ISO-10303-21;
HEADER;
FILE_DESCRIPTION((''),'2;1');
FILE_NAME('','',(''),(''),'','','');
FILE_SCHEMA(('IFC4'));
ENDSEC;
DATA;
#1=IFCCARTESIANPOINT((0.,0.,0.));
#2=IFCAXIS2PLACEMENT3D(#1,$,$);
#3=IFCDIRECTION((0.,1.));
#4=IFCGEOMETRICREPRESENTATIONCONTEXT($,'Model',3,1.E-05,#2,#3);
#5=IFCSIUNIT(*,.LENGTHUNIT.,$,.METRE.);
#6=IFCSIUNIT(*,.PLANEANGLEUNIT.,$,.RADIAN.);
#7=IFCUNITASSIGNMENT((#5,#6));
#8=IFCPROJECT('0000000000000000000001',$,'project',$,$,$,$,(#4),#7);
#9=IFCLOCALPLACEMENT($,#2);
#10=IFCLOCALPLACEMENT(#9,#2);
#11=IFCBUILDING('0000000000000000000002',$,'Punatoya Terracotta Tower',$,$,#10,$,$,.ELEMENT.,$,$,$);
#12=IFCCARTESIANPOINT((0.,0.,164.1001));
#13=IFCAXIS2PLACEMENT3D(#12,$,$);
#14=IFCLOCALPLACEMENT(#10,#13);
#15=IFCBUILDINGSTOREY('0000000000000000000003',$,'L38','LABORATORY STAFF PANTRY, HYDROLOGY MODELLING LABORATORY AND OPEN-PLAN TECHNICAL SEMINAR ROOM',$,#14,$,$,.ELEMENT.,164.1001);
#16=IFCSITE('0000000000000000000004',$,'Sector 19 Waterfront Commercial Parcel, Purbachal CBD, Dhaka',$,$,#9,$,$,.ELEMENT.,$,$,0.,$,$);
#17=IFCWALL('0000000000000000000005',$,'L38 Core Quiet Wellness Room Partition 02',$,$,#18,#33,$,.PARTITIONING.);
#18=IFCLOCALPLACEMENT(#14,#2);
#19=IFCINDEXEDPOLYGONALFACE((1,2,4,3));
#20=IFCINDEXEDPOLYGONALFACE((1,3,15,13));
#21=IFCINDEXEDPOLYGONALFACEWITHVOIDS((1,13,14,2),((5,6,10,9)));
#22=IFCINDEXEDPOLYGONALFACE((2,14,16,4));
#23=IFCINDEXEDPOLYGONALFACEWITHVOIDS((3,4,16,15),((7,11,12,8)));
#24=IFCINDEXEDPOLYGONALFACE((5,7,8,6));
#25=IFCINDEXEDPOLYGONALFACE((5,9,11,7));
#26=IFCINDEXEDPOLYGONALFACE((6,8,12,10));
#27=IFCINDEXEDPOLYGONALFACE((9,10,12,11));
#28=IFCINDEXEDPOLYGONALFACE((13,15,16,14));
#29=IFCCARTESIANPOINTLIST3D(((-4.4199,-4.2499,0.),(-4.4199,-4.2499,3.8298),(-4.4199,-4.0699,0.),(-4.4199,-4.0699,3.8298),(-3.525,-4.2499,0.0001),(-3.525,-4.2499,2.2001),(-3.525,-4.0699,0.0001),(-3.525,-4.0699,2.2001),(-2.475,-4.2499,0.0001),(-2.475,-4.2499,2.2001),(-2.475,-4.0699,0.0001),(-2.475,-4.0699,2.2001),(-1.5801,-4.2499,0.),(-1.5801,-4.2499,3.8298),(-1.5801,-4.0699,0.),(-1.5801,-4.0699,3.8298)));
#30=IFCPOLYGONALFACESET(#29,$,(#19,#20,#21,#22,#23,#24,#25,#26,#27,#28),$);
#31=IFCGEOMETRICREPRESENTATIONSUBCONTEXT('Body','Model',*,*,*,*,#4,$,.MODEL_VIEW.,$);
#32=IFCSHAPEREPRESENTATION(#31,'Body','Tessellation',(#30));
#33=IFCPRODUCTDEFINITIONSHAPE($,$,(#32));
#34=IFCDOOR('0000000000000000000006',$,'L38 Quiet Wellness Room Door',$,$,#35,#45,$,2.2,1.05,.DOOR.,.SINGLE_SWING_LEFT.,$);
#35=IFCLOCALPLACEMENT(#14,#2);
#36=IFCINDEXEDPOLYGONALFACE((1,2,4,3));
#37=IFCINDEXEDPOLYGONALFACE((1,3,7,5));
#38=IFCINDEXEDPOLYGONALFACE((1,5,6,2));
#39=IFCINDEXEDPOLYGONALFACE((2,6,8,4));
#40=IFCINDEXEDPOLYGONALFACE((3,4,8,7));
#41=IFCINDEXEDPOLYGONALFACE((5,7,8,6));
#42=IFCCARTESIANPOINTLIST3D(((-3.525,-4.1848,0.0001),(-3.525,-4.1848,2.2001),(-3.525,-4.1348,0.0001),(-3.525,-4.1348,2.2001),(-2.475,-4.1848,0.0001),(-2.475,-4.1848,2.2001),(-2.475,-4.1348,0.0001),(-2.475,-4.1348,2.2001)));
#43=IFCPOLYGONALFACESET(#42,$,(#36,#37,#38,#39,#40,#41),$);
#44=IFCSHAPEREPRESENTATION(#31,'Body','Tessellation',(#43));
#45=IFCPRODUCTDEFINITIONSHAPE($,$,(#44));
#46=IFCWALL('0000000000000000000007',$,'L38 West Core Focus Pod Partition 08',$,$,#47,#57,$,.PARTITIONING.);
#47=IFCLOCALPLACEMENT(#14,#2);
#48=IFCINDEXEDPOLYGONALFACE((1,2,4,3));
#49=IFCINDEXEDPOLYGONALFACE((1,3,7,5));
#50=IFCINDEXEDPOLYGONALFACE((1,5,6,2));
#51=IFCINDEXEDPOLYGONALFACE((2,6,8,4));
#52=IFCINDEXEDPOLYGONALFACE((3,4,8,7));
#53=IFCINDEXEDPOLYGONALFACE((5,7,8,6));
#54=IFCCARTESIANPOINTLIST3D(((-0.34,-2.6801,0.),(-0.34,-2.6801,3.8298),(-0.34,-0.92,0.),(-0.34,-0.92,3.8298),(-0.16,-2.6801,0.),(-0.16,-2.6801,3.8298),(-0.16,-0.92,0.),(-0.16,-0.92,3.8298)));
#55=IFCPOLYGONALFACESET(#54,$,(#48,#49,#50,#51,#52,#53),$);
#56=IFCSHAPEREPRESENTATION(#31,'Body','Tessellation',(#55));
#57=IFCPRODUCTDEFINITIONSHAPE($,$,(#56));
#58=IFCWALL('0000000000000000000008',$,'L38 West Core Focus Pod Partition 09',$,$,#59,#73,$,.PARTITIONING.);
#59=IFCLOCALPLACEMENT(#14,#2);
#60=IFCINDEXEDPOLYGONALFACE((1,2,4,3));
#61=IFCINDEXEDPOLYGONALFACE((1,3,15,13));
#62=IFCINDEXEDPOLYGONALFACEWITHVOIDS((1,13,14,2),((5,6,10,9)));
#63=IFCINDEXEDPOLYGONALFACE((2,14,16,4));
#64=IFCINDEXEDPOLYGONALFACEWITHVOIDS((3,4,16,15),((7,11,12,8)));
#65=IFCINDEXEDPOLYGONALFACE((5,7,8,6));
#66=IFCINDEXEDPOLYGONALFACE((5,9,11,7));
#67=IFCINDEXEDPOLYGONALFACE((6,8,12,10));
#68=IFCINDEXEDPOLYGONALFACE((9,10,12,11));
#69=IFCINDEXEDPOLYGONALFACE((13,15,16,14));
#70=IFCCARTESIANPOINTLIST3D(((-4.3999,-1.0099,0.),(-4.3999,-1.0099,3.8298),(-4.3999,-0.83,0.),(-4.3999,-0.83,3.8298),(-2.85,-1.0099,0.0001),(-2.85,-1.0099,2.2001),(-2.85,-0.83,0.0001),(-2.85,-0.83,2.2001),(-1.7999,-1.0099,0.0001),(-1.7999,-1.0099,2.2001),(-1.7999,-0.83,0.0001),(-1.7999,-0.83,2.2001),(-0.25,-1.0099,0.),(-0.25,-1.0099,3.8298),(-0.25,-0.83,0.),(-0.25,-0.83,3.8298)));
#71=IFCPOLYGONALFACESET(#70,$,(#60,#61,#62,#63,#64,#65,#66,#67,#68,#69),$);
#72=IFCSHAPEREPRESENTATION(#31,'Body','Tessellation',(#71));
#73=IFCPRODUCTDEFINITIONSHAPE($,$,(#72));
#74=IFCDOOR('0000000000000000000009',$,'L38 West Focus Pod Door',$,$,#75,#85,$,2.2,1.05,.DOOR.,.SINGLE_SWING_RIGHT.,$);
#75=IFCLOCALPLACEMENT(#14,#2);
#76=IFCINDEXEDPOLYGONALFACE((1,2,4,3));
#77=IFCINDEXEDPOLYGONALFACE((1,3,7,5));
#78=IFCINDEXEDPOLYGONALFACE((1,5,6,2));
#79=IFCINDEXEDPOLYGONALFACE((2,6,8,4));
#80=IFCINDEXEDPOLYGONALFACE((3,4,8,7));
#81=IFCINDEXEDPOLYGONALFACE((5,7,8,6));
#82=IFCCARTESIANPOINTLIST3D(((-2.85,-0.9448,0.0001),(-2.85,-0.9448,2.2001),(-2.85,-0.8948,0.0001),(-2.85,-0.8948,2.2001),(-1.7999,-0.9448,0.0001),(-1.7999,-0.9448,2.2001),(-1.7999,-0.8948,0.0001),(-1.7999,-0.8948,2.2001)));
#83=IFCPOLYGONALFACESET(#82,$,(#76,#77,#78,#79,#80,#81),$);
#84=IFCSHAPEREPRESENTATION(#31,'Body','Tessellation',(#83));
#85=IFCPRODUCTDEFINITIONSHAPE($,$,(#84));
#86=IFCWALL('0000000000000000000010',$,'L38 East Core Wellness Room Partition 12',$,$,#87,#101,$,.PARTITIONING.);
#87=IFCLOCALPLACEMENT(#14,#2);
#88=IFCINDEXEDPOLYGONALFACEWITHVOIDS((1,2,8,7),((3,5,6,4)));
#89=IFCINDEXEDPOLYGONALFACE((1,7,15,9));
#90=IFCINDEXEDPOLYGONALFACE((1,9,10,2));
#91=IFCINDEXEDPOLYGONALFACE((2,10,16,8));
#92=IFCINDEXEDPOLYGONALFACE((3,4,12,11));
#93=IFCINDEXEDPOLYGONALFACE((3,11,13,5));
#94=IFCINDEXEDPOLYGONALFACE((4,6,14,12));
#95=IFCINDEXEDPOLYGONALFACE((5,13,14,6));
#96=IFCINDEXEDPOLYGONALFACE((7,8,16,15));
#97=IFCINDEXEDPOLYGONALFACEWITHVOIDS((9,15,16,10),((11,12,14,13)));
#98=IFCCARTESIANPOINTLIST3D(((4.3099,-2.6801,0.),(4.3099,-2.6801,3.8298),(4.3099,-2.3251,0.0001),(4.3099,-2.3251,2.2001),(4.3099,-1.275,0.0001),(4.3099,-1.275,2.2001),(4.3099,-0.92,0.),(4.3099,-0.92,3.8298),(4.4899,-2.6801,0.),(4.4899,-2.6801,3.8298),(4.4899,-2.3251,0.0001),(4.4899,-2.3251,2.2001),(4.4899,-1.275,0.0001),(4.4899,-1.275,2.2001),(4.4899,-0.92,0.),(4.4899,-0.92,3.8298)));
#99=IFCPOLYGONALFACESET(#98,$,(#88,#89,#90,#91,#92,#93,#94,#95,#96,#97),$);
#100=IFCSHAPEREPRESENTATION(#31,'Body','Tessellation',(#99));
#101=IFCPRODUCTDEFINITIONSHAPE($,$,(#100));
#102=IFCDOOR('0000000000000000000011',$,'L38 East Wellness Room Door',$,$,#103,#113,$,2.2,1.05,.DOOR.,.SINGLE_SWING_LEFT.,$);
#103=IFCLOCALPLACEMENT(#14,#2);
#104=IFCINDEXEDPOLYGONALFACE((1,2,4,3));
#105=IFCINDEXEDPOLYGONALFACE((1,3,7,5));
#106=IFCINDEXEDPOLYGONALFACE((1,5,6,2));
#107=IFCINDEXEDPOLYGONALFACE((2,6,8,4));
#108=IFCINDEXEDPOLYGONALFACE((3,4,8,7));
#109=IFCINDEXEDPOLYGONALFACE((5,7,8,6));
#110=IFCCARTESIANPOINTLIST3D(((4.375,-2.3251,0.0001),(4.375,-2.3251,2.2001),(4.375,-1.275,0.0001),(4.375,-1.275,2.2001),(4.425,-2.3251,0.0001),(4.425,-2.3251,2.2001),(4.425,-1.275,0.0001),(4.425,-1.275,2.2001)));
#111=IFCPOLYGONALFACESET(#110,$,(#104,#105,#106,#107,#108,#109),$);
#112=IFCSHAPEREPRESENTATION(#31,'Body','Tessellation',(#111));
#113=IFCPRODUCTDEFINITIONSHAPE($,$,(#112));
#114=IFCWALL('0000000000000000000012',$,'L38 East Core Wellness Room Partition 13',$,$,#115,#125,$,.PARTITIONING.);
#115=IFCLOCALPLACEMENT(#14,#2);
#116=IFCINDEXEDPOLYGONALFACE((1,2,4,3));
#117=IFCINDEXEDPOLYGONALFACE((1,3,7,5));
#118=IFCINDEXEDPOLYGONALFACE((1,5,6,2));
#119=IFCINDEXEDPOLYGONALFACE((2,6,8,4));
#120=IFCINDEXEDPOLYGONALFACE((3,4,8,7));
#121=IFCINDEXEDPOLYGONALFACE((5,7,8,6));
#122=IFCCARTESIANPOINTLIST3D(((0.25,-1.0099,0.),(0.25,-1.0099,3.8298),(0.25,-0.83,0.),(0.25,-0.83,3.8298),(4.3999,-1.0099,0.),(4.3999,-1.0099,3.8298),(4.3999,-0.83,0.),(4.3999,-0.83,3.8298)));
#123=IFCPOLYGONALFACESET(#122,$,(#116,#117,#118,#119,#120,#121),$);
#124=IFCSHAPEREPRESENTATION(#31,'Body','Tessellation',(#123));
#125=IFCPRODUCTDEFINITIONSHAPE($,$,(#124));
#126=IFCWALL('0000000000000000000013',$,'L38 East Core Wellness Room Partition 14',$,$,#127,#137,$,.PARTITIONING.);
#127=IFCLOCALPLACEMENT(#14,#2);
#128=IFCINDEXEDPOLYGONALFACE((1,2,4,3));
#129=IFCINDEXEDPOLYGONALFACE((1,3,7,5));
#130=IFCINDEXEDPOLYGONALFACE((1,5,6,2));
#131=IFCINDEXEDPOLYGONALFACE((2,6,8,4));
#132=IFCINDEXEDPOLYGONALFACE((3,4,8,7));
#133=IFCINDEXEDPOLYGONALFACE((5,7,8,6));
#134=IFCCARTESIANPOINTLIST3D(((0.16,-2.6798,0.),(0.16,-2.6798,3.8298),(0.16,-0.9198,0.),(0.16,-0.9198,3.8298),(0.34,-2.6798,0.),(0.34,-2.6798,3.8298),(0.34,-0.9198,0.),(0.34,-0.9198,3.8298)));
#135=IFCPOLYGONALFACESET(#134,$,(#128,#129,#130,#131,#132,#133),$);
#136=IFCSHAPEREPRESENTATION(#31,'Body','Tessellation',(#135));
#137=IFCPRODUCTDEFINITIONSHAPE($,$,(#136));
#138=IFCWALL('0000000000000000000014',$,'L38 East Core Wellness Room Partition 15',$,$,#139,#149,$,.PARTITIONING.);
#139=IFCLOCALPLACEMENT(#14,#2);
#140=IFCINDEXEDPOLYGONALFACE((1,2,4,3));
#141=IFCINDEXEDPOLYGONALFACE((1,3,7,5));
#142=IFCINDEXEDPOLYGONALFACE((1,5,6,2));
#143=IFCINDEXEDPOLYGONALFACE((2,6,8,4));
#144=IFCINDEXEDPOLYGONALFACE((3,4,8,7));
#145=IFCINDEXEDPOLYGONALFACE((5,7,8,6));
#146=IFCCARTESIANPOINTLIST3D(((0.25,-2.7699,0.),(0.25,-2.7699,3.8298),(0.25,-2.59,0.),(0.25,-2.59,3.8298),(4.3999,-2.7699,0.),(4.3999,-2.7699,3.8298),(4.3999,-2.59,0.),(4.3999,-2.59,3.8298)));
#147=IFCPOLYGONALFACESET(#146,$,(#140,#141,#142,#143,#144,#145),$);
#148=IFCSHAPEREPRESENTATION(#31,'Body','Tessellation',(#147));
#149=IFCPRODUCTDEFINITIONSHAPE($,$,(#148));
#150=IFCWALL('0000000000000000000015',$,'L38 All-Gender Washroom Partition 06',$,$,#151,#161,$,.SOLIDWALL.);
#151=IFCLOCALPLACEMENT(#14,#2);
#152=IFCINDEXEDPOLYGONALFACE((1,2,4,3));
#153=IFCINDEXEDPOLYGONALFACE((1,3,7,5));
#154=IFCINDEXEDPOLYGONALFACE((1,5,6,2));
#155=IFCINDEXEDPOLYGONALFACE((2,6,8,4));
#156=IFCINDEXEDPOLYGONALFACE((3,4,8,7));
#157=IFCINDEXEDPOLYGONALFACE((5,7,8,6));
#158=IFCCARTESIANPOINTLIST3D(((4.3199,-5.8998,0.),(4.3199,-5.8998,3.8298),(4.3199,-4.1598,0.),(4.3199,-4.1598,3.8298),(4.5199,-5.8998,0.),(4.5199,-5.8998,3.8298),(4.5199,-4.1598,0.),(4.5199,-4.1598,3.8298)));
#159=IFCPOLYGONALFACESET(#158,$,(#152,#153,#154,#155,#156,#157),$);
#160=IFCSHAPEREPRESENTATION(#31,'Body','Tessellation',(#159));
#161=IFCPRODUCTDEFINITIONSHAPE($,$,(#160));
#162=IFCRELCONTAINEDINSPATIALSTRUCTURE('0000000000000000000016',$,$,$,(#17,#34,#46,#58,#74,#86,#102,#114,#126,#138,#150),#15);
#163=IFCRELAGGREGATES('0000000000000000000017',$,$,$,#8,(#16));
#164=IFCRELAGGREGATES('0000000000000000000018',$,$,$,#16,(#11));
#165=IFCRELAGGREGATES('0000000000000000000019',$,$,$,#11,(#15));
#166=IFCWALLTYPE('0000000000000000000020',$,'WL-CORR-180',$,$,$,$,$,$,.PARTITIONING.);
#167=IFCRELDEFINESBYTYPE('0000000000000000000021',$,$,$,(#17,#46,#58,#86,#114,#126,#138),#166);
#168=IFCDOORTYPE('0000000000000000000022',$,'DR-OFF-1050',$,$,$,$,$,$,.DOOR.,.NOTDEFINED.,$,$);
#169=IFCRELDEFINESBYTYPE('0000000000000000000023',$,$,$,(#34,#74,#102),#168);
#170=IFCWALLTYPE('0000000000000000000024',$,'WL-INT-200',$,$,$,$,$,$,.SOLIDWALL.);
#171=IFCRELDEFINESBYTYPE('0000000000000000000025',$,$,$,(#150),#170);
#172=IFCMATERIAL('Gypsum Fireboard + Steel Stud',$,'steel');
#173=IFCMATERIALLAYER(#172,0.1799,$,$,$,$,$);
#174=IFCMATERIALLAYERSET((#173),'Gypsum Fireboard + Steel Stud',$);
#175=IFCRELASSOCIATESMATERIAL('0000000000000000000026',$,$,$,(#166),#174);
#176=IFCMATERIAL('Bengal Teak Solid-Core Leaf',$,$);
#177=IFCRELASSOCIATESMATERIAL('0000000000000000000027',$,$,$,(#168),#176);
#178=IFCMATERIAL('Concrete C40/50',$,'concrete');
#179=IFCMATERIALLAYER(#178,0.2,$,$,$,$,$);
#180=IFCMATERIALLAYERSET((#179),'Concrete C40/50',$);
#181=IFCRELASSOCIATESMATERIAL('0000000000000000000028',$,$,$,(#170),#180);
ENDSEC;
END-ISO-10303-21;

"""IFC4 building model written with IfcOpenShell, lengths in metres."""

from ifc_helpers import new_model, si_unit, direction, frame, frame_2d, origin, place, context, subcontext, project, spatial, rectangle, extrude, material, layer, layer_set, type_object, element, fill, save


model = new_model("IFC4")

# Units and contexts
model_context = context("Model", 3, precision=1e-05, world=origin(), true_north=direction((0.0, 1.0)))
body_context = subcontext(model_context, "Body", "Model", "MODEL_VIEW")
ifc_project = project(units=[si_unit("LENGTHUNIT", "METRE"), si_unit("PLANEANGLEUNIT", "RADIAN")], contexts=[model_context])

# Site, building, storey
site_placement = place(None, origin())
site = spatial("IfcSite", under=ifc_project, at=site_placement, Name="Sector 19 Waterfront Commercial Parcel, Purbachal CBD, Dhaka", CompositionType="ELEMENT", RefElevation=0.0)
building_placement = place(site_placement, origin())
building = spatial("IfcBuilding", under=site, at=building_placement, Name="Punatoya Terracotta Tower", CompositionType="ELEMENT")
storey_placement = place(building_placement, frame((0.0, 0.0, 164.1001)))
storey = spatial("IfcBuildingStorey", under=building, at=storey_placement, Name="L38", Description="LABORATORY STAFF PANTRY, HYDROLOGY MODELLING LABORATORY AND OPEN-PLAN TECHNICAL SEMINAR ROOM", CompositionType="ELEMENT", Elevation=164.1001)

# Shared definitions
ifc_material_1 = material(Name="Concrete C40/50", Category="concrete")

# Wall, opening, door
ifc_material_2 = material(Name="Gypsum Fireboard + Steel Stud", Category="steel")
ifc_layer_1 = layer(ifc_material_2, 0.1799)
ifc_layer_set_1 = layer_set([ifc_layer_1], Name="Gypsum Fireboard + Steel Stud")
wall_type_1 = type_object("IfcWallType", Name="WL-CORR-180", PredefinedType="PARTITIONING", material=ifc_layer_set_1)
wall_1_placement = place(storey_placement, frame((-1.5801, -4.1599, 0.0), z_axis=(0.0, 0.0, 1.0), x_axis=(-1.0, 0.0, 0.0)))
wall_1 = element("IfcWall", 1, at=wall_1_placement, inside=storey, type_object=wall_type_1, Name="L38 Core Quiet Wellness Room Partition 02", PredefinedType="PARTITIONING", context=body_context, shape_type="SweptSolid", body=[
    extrude(rectangle(XDim=2.8398, YDim=0.1799, at=frame_2d((1.4199, 0.0))), origin(), (0.0, 0.0, 1.0), 3.8298),
])
opening_1_placement = place(wall_1_placement, frame((0.895, 0.0, 0.0)))
opening_1 = element("IfcOpeningElement", 2, at=opening_1_placement, cuts=wall_1, PredefinedType="OPENING", context=body_context, shape_type="SweptSolid", body=[
    extrude(rectangle(XDim=1.05, YDim=2.2, at=frame_2d((0.5249, 1.1001))), frame((0.0, 0.0999, 0.0), z_axis=(0.0, -1.0, 0.0), x_axis=(1.0, 0.0, 0.0)), (0.0, 0.0, 1.0), 0.2),
])
ifc_material_3 = material(Name="Bengal Teak Solid-Core Leaf")
door_type_1 = type_object("IfcDoorType", Name="DR-OFF-1050", OperationType="NOTDEFINED", PredefinedType="DOOR", material=ifc_material_3)
door_1_placement = place(opening_1_placement, origin())
door_1 = element("IfcDoor", 3, at=door_1_placement, inside=storey, type_object=door_type_1, Name="L38 Quiet Wellness Room Door", OperationType="SINGLE_SWING_LEFT", OverallHeight=2.2, OverallWidth=1.05, PredefinedType="DOOR", context=body_context, shape_type="SweptSolid", body=[
    extrude(rectangle(XDim=1.05, YDim=2.2, at=frame_2d((0.5249, 1.1001))), frame((0.0, 0.0249, 0.0), z_axis=(0.0, -1.0, 0.0), x_axis=(1.0, 0.0, 0.0)), (0.0, 0.0, 1.0), 0.05),
])
fill(opening_1, door_1)

# Wall
wall_2_placement = place(storey_placement, frame((-0.25, -2.6799, 0.0), z_axis=(0.0, 0.0, 1.0), x_axis=(0.0, 1.0, 0.0)))
element("IfcWall", 4, at=wall_2_placement, inside=storey, type_object=wall_type_1, Name="L38 West Core Focus Pod Partition 08", PredefinedType="PARTITIONING", context=body_context, shape_type="SweptSolid", body=[
    extrude(rectangle(XDim=1.76, YDim=0.1799, at=frame_2d((0.8799, 0.0))), origin(), (0.0, 0.0, 1.0), 3.8298),
])

# Walls, openings, doors
wall_3_placement = place(storey_placement, frame((-0.25, -0.9199, 0.0), z_axis=(0.0, 0.0, 1.0), x_axis=(-1.0, 0.0, 0.0)))
wall_3 = element("IfcWall", 5, at=wall_3_placement, inside=storey, type_object=wall_type_1, Name="L38 West Core Focus Pod Partition 09", PredefinedType="PARTITIONING", context=body_context, shape_type="SweptSolid", body=[
    extrude(rectangle(XDim=4.1499, YDim=0.1799, at=frame_2d((2.075, 0.0))), origin(), (0.0, 0.0, 1.0), 3.8298),
])
opening_2_placement = place(wall_3_placement, frame((1.55, 0.0, 0.0)))
opening_2 = element("IfcOpeningElement", 6, at=opening_2_placement, cuts=wall_3, PredefinedType="OPENING", context=body_context, shape_type="SweptSolid", body=[
    extrude(rectangle(XDim=1.05, YDim=2.2, at=frame_2d((0.5249, 1.1001))), frame((0.0, 0.0999, 0.0), z_axis=(0.0, -1.0, 0.0), x_axis=(1.0, 0.0, 0.0)), (0.0, 0.0, 1.0), 0.2),
])
door_2_placement = place(opening_2_placement, origin())
door_2 = element("IfcDoor", 7, at=door_2_placement, inside=storey, type_object=door_type_1, Name="L38 West Focus Pod Door", OperationType="SINGLE_SWING_RIGHT", OverallHeight=2.2, OverallWidth=1.05, PredefinedType="DOOR", context=body_context, shape_type="SweptSolid", body=[
    extrude(rectangle(XDim=1.05, YDim=2.2, at=frame_2d((0.5249, 1.1001))), frame((0.0, 0.0249, 0.0), z_axis=(0.0, -1.0, 0.0), x_axis=(1.0, 0.0, 0.0)), (0.0, 0.0, 1.0), 0.05),
])
fill(opening_2, door_2)
wall_4_placement = place(storey_placement, frame((4.3999, -2.6799, 0.0), z_axis=(0.0, 0.0, 1.0), x_axis=(0.0, 1.0, 0.0)))
wall_4 = element("IfcWall", 8, at=wall_4_placement, inside=storey, type_object=wall_type_1, Name="L38 East Core Wellness Room Partition 12", PredefinedType="PARTITIONING", context=body_context, shape_type="SweptSolid", body=[
    extrude(rectangle(XDim=1.76, YDim=0.1799, at=frame_2d((0.8799, 0.0))), origin(), (0.0, 0.0, 1.0), 3.8298),
])
opening_3_placement = place(wall_4_placement, frame((0.355, 0.0, 0.0)))
opening_3 = element("IfcOpeningElement", 9, at=opening_3_placement, cuts=wall_4, PredefinedType="OPENING", context=body_context, shape_type="SweptSolid", body=[
    extrude(rectangle(XDim=1.05, YDim=2.2, at=frame_2d((0.5249, 1.1001))), frame((0.0, 0.0999, 0.0), z_axis=(0.0, -1.0, 0.0), x_axis=(1.0, 0.0, 0.0)), (0.0, 0.0, 1.0), 0.2),
])
door_3_placement = place(opening_3_placement, origin())
door_3 = element("IfcDoor", 10, at=door_3_placement, inside=storey, type_object=door_type_1, Name="L38 East Wellness Room Door", OperationType="SINGLE_SWING_LEFT", OverallHeight=2.2, OverallWidth=1.05, PredefinedType="DOOR", context=body_context, shape_type="SweptSolid", body=[
    extrude(rectangle(XDim=1.05, YDim=2.2, at=frame_2d((0.5249, 1.1001))), frame((0.0, 0.0249, 0.0), z_axis=(0.0, -1.0, 0.0), x_axis=(1.0, 0.0, 0.0)), (0.0, 0.0, 1.0), 0.05),
])
fill(opening_3, door_3)

# Walls
wall_5_placement = place(storey_placement, frame((4.3999, -0.9199, 0.0), z_axis=(0.0, 0.0, 1.0), x_axis=(-1.0, 0.0, 0.0)))
element("IfcWall", 11, at=wall_5_placement, inside=storey, type_object=wall_type_1, Name="L38 East Core Wellness Room Partition 13", PredefinedType="PARTITIONING", context=body_context, shape_type="SweptSolid", body=[
    extrude(rectangle(XDim=4.1499, YDim=0.1799, at=frame_2d((2.075, 0.0))), origin(), (0.0, 0.0, 1.0), 3.8298),
])
wall_6_placement = place(storey_placement, frame((0.25, -0.9199, 0.0), z_axis=(0.0, 0.0, 1.0), x_axis=(0.0, -1.0, 0.0)))
element("IfcWall", 12, at=wall_6_placement, inside=storey, type_object=wall_type_1, Name="L38 East Core Wellness Room Partition 14", PredefinedType="PARTITIONING", context=body_context, shape_type="SweptSolid", body=[
    extrude(rectangle(XDim=1.76, YDim=0.1799, at=frame_2d((0.8799, 0.0))), origin(), (0.0, 0.0, 1.0), 3.8298),
])
wall_7_placement = place(storey_placement, frame((0.25, -2.6799, 0.0), z_axis=(0.0, 0.0, 1.0), x_axis=(1.0, 0.0, 0.0)))
element("IfcWall", 13, at=wall_7_placement, inside=storey, type_object=wall_type_1, Name="L38 East Core Wellness Room Partition 15", PredefinedType="PARTITIONING", context=body_context, shape_type="SweptSolid", body=[
    extrude(rectangle(XDim=4.1499, YDim=0.1799, at=frame_2d((2.075, 0.0))), origin(), (0.0, 0.0, 1.0), 3.8298),
])

# Shared definitions
ifc_layer_2 = layer(ifc_material_1, 0.2)
ifc_layer_set_2 = layer_set([ifc_layer_2], Name="Concrete C40/50")
wall_type_2 = type_object("IfcWallType", Name="WL-INT-200", PredefinedType="SOLIDWALL", material=ifc_layer_set_2)

# Wall
wall_8_placement = place(storey_placement, frame((4.4199, -5.8999, 0.0), z_axis=(0.0, 0.0, 1.0), x_axis=(0.0, 1.0, 0.0)))
element("IfcWall", 14, at=wall_8_placement, inside=storey, type_object=wall_type_2, Name="L38 All-Gender Washroom Partition 06", PredefinedType="SOLIDWALL", context=body_context, shape_type="SweptSolid", body=[
    extrude(rectangle(XDim=1.74, YDim=0.2, at=frame_2d((0.8701, 0.0))), origin(), (0.0, 0.0, 1.0), 3.8298),
])

save(model, "model.ifc")
